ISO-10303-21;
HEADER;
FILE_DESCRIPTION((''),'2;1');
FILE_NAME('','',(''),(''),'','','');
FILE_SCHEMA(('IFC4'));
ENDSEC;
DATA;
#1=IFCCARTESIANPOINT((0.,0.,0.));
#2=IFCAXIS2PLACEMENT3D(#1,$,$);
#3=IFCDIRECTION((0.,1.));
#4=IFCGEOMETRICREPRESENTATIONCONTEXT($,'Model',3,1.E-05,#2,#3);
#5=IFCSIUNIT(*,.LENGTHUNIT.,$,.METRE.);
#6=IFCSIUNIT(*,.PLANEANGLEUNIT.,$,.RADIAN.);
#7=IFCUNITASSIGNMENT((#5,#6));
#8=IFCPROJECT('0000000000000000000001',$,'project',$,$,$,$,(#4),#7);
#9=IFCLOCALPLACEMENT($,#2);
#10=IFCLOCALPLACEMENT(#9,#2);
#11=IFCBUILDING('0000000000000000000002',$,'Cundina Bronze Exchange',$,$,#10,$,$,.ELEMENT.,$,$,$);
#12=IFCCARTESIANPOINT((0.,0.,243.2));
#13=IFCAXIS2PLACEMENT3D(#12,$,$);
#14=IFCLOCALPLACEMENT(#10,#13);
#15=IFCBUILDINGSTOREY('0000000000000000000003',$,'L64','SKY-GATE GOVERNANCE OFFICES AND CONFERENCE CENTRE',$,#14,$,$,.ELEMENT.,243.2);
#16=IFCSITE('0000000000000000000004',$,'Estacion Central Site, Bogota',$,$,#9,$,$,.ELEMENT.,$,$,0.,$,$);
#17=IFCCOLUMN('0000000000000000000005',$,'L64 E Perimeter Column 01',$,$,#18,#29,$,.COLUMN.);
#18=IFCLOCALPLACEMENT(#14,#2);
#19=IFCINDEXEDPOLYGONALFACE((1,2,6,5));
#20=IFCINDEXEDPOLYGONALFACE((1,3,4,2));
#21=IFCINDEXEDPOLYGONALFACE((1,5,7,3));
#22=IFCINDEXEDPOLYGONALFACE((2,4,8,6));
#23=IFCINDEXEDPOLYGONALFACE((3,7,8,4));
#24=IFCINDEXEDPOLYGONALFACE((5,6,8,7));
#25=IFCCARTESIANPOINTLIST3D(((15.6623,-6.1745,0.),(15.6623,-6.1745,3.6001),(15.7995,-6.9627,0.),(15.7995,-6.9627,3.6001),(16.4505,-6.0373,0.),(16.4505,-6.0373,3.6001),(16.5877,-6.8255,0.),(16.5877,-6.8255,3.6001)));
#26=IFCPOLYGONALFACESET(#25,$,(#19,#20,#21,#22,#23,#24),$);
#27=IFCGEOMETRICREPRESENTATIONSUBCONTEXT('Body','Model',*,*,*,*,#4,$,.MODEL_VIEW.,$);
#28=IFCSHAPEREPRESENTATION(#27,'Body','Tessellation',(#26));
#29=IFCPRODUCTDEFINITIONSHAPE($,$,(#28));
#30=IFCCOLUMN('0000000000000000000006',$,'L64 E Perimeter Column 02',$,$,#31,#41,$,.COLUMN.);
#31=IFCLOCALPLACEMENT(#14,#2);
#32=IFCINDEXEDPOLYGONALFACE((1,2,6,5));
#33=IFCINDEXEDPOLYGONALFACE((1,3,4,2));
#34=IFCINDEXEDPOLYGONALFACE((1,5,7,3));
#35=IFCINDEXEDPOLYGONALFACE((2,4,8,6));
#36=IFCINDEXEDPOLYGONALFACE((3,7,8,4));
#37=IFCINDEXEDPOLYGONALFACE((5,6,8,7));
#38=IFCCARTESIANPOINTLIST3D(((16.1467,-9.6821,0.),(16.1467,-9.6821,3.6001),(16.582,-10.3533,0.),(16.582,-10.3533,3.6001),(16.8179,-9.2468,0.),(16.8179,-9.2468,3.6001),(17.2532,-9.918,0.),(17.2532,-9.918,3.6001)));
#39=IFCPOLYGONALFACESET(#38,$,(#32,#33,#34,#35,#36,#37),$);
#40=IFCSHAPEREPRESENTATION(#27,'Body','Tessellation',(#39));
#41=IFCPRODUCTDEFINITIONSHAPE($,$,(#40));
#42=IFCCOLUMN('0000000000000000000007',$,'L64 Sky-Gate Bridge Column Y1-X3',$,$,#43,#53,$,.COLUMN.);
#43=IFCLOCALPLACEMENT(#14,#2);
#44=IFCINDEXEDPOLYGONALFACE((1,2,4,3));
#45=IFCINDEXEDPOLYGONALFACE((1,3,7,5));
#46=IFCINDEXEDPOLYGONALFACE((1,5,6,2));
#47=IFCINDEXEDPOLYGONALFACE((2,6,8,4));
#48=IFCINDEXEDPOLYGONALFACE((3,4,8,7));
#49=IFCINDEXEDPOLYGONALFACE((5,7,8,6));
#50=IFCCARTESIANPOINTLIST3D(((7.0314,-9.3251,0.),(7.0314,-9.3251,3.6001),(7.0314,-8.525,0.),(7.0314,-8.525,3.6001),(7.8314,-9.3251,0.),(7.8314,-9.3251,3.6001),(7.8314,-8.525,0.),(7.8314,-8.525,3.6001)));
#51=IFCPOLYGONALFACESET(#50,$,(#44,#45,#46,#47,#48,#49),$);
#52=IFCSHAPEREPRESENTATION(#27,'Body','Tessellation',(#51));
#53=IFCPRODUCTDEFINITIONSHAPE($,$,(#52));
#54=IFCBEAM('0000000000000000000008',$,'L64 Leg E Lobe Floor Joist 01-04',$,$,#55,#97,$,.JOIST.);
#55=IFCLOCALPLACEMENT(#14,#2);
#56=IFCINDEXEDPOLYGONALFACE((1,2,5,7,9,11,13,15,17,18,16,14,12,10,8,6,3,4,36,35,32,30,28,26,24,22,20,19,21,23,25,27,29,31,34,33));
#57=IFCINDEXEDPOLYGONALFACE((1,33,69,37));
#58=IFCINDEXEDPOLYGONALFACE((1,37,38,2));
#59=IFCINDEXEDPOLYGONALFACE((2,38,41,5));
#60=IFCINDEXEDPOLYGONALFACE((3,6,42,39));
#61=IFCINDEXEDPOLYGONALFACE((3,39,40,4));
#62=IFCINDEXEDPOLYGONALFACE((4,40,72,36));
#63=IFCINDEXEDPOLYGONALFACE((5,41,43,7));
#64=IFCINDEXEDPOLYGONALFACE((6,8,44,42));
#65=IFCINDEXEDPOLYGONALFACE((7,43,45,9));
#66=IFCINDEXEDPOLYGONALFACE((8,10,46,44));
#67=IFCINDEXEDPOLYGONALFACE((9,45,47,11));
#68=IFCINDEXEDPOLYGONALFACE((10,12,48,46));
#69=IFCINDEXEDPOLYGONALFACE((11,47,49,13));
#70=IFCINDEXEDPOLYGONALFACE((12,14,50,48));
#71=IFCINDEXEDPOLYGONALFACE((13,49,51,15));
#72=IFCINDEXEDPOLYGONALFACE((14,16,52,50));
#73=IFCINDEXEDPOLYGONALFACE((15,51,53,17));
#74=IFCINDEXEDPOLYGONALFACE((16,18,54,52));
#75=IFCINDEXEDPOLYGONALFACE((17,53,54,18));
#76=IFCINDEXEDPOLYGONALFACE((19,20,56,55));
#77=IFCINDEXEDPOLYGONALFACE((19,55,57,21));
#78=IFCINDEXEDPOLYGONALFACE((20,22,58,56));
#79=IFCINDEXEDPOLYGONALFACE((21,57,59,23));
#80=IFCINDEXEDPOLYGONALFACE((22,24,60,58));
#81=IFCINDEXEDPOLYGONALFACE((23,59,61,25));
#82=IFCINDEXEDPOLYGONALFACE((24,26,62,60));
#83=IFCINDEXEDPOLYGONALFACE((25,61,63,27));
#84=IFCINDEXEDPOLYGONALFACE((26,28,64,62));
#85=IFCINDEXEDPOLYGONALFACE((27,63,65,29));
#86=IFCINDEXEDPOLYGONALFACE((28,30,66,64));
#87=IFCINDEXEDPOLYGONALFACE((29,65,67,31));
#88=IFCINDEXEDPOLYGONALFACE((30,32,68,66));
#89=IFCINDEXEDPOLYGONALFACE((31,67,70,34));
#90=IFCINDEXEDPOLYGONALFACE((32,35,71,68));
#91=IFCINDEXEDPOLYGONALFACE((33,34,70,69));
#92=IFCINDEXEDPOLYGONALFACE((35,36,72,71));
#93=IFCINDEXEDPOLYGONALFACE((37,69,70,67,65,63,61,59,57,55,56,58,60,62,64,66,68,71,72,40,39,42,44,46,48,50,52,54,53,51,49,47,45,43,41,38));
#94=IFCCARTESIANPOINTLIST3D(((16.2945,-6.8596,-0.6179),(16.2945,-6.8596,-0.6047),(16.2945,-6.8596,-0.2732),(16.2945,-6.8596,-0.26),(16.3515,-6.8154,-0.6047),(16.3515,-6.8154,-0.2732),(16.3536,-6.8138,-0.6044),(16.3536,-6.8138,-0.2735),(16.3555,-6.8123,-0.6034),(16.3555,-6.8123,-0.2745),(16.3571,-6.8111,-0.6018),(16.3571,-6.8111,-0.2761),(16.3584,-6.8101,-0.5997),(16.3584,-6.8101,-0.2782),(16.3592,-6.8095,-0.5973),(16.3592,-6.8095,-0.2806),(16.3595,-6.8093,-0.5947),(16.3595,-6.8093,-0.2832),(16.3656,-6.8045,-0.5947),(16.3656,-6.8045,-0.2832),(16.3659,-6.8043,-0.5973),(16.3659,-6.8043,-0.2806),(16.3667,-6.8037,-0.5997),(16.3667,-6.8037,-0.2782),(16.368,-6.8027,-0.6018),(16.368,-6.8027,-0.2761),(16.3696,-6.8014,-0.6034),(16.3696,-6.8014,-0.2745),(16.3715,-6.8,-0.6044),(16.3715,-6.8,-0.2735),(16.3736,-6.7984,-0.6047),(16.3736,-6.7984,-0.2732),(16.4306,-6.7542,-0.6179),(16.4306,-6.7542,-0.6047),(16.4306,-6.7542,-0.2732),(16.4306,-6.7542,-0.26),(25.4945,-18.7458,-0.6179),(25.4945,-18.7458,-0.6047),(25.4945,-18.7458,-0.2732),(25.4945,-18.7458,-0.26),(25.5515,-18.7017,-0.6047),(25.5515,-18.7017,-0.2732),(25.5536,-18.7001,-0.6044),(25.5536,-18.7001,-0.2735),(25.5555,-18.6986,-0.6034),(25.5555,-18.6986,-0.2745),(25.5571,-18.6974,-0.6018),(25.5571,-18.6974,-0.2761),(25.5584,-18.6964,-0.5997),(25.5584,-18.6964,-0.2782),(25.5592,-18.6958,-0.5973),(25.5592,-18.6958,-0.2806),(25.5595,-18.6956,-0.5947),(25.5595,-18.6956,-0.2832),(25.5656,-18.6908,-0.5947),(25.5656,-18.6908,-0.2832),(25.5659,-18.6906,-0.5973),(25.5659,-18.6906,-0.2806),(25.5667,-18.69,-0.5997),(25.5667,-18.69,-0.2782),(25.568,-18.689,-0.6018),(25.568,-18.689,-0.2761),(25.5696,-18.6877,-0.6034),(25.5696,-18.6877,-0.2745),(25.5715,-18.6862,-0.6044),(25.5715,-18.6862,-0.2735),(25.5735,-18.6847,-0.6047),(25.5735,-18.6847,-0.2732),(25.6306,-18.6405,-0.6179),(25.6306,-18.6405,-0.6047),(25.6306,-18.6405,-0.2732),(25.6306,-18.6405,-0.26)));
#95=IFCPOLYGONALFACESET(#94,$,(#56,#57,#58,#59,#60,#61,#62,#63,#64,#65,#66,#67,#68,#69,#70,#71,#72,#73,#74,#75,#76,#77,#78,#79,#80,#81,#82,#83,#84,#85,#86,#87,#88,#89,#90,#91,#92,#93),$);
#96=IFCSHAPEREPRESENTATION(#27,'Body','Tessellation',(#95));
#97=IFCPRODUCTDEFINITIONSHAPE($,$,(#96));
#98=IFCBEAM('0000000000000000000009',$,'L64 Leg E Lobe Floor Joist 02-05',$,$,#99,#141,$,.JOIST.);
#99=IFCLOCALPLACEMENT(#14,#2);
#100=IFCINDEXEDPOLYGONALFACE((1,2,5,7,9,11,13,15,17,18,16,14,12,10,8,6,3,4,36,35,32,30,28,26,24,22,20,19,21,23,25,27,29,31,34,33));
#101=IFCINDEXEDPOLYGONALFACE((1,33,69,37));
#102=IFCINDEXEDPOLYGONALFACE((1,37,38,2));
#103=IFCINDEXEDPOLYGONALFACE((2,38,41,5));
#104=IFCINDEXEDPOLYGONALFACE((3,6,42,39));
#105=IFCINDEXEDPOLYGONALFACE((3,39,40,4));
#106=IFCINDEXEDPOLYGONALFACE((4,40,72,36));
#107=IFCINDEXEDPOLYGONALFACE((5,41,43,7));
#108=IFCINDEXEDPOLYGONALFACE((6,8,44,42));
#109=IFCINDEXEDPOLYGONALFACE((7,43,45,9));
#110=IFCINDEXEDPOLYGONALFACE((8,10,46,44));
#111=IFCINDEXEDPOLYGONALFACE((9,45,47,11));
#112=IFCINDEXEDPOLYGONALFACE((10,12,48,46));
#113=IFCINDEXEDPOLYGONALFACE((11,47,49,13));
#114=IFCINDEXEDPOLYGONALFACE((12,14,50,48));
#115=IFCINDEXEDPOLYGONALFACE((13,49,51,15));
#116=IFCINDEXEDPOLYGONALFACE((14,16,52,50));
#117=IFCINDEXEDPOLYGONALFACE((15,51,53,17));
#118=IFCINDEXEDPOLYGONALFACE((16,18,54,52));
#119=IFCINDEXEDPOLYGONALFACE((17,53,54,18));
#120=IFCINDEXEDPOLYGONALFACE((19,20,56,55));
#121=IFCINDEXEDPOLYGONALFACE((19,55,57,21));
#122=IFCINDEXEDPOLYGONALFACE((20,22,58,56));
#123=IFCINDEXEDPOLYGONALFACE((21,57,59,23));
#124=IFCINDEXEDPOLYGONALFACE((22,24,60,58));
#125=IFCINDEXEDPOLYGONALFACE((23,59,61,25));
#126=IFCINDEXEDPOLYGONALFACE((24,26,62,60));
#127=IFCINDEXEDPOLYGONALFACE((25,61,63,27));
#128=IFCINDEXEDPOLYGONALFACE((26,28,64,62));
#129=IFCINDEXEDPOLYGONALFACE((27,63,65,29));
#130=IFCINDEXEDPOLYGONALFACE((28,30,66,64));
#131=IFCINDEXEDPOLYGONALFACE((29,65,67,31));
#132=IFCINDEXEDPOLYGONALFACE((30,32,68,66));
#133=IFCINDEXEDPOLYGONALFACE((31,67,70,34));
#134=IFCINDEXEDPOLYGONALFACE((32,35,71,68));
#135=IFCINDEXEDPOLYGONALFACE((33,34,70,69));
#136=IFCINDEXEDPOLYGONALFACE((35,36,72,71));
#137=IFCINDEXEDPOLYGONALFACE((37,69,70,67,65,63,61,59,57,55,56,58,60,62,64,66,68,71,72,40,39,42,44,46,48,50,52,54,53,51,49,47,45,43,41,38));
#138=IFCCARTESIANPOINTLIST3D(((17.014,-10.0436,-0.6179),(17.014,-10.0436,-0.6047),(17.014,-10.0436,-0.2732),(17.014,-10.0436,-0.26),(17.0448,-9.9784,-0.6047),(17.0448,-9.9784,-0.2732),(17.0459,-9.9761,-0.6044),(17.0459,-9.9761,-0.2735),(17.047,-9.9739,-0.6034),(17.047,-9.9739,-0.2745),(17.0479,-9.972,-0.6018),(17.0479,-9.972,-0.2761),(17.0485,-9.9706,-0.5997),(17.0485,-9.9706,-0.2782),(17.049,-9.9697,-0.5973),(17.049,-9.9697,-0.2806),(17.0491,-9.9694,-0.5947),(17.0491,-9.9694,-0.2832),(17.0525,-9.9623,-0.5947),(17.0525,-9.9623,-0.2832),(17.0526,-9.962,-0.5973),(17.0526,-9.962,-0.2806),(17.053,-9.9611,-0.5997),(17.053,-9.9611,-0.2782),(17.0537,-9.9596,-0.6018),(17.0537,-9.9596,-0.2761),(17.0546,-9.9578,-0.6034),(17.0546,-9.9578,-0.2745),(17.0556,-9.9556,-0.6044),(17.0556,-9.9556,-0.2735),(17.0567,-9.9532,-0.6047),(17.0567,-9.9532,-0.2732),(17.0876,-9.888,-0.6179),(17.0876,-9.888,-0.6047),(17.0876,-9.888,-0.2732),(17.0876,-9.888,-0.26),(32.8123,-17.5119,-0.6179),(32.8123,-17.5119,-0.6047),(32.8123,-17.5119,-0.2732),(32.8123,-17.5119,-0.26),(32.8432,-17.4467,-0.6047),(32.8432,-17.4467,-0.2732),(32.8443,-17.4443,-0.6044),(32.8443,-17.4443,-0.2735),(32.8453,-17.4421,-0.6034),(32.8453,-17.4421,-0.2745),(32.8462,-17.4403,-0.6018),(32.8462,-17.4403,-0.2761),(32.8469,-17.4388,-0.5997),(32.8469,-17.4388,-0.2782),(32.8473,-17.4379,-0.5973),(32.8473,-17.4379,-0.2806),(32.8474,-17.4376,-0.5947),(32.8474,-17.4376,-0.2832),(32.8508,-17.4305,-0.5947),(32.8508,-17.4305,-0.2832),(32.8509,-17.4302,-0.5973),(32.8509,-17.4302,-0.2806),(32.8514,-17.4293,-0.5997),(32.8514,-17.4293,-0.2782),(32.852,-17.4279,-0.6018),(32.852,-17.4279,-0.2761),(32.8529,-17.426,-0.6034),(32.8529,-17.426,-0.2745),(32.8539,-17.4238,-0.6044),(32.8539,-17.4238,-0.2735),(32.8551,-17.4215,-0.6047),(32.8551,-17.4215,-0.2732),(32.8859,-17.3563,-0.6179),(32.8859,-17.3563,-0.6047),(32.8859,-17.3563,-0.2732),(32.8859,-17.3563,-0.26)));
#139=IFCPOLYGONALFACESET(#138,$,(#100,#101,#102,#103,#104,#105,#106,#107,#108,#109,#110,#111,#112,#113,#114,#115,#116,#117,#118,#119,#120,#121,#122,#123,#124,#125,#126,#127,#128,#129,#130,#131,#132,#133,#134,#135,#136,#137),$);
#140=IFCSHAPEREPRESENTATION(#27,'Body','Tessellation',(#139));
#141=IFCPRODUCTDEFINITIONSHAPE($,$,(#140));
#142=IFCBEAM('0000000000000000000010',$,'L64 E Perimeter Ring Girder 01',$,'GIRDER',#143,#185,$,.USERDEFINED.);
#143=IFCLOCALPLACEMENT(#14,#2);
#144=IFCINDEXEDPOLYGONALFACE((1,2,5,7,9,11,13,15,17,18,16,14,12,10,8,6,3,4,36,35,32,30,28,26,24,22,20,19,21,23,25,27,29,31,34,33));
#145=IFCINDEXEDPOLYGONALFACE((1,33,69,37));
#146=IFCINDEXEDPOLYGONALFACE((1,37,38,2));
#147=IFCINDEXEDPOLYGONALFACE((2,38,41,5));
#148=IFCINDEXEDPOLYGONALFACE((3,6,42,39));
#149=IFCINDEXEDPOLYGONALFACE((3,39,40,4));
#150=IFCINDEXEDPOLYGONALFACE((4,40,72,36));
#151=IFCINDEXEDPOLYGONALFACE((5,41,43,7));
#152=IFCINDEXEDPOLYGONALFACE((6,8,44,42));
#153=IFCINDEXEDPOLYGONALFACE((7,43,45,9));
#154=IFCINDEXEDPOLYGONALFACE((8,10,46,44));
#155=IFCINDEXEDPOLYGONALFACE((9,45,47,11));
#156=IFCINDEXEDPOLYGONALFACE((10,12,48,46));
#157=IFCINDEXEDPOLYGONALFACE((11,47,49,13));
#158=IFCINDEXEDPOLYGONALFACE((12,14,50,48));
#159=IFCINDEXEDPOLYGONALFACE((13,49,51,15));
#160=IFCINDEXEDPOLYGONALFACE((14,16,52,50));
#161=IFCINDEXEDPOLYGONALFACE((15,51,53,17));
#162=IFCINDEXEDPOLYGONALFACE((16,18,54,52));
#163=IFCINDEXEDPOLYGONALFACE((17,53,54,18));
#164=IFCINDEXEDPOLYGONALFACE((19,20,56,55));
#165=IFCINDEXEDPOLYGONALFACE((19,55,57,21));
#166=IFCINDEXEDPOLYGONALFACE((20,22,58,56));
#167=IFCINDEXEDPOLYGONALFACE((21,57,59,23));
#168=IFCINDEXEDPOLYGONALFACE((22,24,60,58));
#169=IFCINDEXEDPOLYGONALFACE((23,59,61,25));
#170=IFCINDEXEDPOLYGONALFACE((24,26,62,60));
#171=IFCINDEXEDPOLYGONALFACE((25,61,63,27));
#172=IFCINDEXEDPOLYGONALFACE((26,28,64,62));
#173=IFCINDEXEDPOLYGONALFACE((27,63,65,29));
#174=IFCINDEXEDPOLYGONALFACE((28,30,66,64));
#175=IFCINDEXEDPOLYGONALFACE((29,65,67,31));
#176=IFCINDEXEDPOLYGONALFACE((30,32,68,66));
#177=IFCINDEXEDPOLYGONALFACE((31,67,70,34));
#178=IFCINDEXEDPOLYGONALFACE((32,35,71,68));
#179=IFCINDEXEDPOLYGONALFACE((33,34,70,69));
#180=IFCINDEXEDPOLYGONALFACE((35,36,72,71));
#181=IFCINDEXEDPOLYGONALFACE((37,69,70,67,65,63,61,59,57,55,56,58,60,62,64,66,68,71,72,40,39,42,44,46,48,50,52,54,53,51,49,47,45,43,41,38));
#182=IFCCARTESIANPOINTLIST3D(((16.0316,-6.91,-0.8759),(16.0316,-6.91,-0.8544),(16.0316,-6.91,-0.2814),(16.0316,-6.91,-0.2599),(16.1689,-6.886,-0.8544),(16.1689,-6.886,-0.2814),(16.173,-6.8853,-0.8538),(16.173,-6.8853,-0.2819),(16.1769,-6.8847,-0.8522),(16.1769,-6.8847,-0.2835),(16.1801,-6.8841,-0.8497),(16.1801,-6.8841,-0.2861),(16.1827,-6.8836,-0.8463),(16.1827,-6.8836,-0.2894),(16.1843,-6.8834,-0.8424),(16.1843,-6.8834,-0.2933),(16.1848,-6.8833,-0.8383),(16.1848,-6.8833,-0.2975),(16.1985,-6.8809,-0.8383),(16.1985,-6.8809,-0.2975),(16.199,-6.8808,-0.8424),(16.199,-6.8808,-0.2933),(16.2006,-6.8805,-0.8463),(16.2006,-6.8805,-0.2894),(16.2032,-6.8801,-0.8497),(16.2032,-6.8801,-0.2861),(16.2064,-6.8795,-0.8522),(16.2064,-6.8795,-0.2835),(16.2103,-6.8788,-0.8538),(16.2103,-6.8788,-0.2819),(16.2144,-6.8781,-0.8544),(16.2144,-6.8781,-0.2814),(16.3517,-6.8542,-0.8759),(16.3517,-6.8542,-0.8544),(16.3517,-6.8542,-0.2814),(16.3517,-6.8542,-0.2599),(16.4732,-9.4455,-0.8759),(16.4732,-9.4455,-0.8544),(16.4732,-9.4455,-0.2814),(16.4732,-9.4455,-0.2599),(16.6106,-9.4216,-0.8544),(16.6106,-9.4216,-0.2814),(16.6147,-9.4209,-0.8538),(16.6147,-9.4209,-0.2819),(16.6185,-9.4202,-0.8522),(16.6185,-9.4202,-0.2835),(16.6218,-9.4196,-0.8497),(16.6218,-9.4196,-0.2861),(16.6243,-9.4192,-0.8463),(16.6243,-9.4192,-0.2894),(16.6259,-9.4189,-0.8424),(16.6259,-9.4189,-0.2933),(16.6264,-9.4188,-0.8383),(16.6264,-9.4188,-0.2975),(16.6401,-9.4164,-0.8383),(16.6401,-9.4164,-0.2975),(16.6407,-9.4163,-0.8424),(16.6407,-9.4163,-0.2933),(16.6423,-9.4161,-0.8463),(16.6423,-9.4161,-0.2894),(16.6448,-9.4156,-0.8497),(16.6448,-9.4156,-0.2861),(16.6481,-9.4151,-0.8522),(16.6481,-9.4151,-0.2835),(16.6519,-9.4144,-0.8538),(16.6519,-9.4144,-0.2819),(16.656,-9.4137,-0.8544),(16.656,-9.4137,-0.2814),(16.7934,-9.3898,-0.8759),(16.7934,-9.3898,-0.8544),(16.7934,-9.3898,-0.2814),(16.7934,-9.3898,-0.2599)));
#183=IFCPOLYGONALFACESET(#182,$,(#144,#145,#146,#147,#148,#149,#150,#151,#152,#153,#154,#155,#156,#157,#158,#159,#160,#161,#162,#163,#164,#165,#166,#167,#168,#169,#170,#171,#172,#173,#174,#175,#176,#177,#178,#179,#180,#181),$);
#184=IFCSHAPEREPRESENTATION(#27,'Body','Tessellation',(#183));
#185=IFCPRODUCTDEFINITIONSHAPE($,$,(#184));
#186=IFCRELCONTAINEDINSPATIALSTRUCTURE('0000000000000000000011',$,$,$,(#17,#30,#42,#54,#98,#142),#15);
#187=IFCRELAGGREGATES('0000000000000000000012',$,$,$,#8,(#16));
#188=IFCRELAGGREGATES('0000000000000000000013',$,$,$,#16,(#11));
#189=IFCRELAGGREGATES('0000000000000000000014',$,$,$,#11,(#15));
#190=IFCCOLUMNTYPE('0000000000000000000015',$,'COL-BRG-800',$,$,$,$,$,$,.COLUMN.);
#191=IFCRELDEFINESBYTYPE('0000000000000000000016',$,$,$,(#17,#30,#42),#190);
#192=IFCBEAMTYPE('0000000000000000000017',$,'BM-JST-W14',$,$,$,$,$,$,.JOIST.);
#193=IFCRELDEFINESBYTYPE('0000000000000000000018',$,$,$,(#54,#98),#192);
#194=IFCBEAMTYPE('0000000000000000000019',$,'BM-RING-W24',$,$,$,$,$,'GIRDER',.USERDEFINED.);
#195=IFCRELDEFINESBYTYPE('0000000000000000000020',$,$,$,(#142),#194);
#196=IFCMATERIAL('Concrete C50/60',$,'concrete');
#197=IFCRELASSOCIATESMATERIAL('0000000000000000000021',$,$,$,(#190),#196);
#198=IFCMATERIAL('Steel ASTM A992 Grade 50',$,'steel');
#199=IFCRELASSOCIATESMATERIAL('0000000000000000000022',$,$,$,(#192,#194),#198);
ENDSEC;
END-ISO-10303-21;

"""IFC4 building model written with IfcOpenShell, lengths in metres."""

from ifc_helpers import new_model, si_unit, direction, frame, origin, origin_2d, place, context, subcontext, project, spatial, rectangle, i_section, extrude, material, material_profile, profile_set, type_object, element, save


model = new_model("IFC4")

# Units and contexts
model_context = context("Model", 3, precision=1e-05, world=origin(), true_north=direction((0.0, 1.0)))
body_context = subcontext(model_context, "Body", "Model", "MODEL_VIEW")
ifc_project = project(units=[si_unit("LENGTHUNIT", "METRE"), si_unit("PLANEANGLEUNIT", "RADIAN")], contexts=[model_context])

# Site, building, storey
site_placement = place(None, origin())
site = spatial("IfcSite", under=ifc_project, at=site_placement, Name="Estacion Central Site, Bogota", CompositionType="ELEMENT", RefElevation=0.0)
building_placement = place(site_placement, origin())
building = spatial("IfcBuilding", under=site, at=building_placement, Name="Cundina Bronze Exchange", CompositionType="ELEMENT")
storey_placement = place(building_placement, frame((0.0, 0.0, 243.2)))
storey = spatial("IfcBuildingStorey", under=building, at=storey_placement, Name="L64", Description="SKY-GATE GOVERNANCE OFFICES AND CONFERENCE CENTRE", CompositionType="ELEMENT", Elevation=243.2)

# Columns
ifc_material_1 = material(Name="Concrete C50/60", Category="concrete")
ifc_material_profile_1 = material_profile(ifc_material_1, rectangle(XDim=0.8, YDim=0.8, at=origin_2d()), Name="RC800X800", Category="concrete")
ifc_profile_set_1 = profile_set([ifc_material_profile_1], Name="Concrete C50/60")
column_type = type_object("IfcColumnType", Name="COL-BRG-800", PredefinedType="COLUMN", material=ifc_profile_set_1)
for number, where, z_axis, x_axis, name in (
    (1, (16.125, -6.5, 0.0), (0.0, 0.0, 1.0), (0.171585, -0.985169, 0.0), "L64 E Perimeter Column 01"),
    (2, (16.7, -9.8, 0.0), (0.0, 0.0, 1.0), (0.5442, -0.838956, 0.0), "L64 E Perimeter Column 02"),
    (3, (7.4314, -8.925, 0.0), (0.0, 0.0, 1.0), (1.0, 0.0, 0.0), "L64 Sky-Gate Bridge Column Y1-X3"),
):
    element("IfcColumn", number, at=place(storey_placement, frame(where, z_axis=z_axis, x_axis=x_axis)), inside=storey, type_object=column_type, Name=name, PredefinedType="COLUMN", context=body_context, shape_type="SweptSolid", body=[
        extrude(rectangle(XDim=0.8, YDim=0.8, at=origin_2d()), origin(), (0.0, 0.0, 1.0), 3.6001),
    ])

# Beams
ifc_material_2 = material(Name="Steel ASTM A992 Grade 50", Category="steel")
ifc_material_profile_2 = material_profile(ifc_material_2, i_section(OverallWidth=0.1721, OverallDepth=0.3579, WebThickness=0.0078, FlangeThickness=0.0132, FilletRadius=0.01, at=origin_2d()), Name="W14X38", Category="steel")
ifc_profile_set_2 = profile_set([ifc_material_profile_2], Name="Steel ASTM A992 Grade 50")
beam_type_1 = type_object("IfcBeamType", Name="BM-JST-W14", PredefinedType="JOIST", material=ifc_profile_set_2)
beam_1_placement = place(storey_placement, frame((16.3625, -6.8069, -0.439), z_axis=(0.612078, -0.790798, 0.0), x_axis=(0.790798, 0.612078, 0.0)))
element("IfcBeam", 4, at=beam_1_placement, inside=storey, type_object=beam_type_1, Name="L64 Leg E Lobe Floor Joist 01-04", PredefinedType="JOIST", context=body_context, shape_type="SweptSolid", body=[
    extrude(i_section(OverallWidth=0.1721, OverallDepth=0.3579, WebThickness=0.0078, FlangeThickness=0.0132, FilletRadius=0.01, at=origin_2d()), origin(), (0.0, 0.0, 1.0), 15.0308),
])
beam_2_placement = place(storey_placement, frame((17.0508, -9.9658, -0.439), z_axis=(0.904073, -0.427378, 0.0), x_axis=(0.427378, 0.904073, 0.0)))
element("IfcBeam", 5, at=beam_2_placement, inside=storey, type_object=beam_type_1, Name="L64 Leg E Lobe Floor Joist 02-05", PredefinedType="JOIST", context=body_context, shape_type="SweptSolid", body=[
    extrude(i_section(OverallWidth=0.1721, OverallDepth=0.3579, WebThickness=0.0078, FlangeThickness=0.0132, FilletRadius=0.01, at=origin_2d()), origin(), (0.0, 0.0, 1.0), 17.4746),
])
ifc_material_profile_3 = material_profile(ifc_material_2, i_section(OverallWidth=0.325, OverallDepth=0.616, WebThickness=0.0139, FlangeThickness=0.0215, FilletRadius=0.0161, at=origin_2d()), Name="W24X117", Category="steel")
ifc_profile_set_3 = profile_set([ifc_material_profile_3], Name="Steel ASTM A992 Grade 50")
beam_type_2 = type_object("IfcBeamType", Name="BM-RING-W24", ElementType="GIRDER", PredefinedType="USERDEFINED", material=ifc_profile_set_3)
beam_3_placement = place(storey_placement, frame((16.1917, -6.8821, -0.5679), z_axis=(0.171593, -0.985168, 0.0), x_axis=(0.985168, 0.171593, 0.0)))
element("IfcBeam", 6, at=beam_3_placement, inside=storey, type_object=beam_type_2, Name="L64 E Perimeter Ring Girder 01", ObjectType="GIRDER", PredefinedType="USERDEFINED", context=body_context, shape_type="SweptSolid", body=[
    extrude(i_section(OverallWidth=0.325, OverallDepth=0.616, WebThickness=0.0139, FlangeThickness=0.0215, FilletRadius=0.0161, at=origin_2d()), origin(), (0.0, 0.0, 1.0), 2.5737),
])

save(model, "model.ifc")
